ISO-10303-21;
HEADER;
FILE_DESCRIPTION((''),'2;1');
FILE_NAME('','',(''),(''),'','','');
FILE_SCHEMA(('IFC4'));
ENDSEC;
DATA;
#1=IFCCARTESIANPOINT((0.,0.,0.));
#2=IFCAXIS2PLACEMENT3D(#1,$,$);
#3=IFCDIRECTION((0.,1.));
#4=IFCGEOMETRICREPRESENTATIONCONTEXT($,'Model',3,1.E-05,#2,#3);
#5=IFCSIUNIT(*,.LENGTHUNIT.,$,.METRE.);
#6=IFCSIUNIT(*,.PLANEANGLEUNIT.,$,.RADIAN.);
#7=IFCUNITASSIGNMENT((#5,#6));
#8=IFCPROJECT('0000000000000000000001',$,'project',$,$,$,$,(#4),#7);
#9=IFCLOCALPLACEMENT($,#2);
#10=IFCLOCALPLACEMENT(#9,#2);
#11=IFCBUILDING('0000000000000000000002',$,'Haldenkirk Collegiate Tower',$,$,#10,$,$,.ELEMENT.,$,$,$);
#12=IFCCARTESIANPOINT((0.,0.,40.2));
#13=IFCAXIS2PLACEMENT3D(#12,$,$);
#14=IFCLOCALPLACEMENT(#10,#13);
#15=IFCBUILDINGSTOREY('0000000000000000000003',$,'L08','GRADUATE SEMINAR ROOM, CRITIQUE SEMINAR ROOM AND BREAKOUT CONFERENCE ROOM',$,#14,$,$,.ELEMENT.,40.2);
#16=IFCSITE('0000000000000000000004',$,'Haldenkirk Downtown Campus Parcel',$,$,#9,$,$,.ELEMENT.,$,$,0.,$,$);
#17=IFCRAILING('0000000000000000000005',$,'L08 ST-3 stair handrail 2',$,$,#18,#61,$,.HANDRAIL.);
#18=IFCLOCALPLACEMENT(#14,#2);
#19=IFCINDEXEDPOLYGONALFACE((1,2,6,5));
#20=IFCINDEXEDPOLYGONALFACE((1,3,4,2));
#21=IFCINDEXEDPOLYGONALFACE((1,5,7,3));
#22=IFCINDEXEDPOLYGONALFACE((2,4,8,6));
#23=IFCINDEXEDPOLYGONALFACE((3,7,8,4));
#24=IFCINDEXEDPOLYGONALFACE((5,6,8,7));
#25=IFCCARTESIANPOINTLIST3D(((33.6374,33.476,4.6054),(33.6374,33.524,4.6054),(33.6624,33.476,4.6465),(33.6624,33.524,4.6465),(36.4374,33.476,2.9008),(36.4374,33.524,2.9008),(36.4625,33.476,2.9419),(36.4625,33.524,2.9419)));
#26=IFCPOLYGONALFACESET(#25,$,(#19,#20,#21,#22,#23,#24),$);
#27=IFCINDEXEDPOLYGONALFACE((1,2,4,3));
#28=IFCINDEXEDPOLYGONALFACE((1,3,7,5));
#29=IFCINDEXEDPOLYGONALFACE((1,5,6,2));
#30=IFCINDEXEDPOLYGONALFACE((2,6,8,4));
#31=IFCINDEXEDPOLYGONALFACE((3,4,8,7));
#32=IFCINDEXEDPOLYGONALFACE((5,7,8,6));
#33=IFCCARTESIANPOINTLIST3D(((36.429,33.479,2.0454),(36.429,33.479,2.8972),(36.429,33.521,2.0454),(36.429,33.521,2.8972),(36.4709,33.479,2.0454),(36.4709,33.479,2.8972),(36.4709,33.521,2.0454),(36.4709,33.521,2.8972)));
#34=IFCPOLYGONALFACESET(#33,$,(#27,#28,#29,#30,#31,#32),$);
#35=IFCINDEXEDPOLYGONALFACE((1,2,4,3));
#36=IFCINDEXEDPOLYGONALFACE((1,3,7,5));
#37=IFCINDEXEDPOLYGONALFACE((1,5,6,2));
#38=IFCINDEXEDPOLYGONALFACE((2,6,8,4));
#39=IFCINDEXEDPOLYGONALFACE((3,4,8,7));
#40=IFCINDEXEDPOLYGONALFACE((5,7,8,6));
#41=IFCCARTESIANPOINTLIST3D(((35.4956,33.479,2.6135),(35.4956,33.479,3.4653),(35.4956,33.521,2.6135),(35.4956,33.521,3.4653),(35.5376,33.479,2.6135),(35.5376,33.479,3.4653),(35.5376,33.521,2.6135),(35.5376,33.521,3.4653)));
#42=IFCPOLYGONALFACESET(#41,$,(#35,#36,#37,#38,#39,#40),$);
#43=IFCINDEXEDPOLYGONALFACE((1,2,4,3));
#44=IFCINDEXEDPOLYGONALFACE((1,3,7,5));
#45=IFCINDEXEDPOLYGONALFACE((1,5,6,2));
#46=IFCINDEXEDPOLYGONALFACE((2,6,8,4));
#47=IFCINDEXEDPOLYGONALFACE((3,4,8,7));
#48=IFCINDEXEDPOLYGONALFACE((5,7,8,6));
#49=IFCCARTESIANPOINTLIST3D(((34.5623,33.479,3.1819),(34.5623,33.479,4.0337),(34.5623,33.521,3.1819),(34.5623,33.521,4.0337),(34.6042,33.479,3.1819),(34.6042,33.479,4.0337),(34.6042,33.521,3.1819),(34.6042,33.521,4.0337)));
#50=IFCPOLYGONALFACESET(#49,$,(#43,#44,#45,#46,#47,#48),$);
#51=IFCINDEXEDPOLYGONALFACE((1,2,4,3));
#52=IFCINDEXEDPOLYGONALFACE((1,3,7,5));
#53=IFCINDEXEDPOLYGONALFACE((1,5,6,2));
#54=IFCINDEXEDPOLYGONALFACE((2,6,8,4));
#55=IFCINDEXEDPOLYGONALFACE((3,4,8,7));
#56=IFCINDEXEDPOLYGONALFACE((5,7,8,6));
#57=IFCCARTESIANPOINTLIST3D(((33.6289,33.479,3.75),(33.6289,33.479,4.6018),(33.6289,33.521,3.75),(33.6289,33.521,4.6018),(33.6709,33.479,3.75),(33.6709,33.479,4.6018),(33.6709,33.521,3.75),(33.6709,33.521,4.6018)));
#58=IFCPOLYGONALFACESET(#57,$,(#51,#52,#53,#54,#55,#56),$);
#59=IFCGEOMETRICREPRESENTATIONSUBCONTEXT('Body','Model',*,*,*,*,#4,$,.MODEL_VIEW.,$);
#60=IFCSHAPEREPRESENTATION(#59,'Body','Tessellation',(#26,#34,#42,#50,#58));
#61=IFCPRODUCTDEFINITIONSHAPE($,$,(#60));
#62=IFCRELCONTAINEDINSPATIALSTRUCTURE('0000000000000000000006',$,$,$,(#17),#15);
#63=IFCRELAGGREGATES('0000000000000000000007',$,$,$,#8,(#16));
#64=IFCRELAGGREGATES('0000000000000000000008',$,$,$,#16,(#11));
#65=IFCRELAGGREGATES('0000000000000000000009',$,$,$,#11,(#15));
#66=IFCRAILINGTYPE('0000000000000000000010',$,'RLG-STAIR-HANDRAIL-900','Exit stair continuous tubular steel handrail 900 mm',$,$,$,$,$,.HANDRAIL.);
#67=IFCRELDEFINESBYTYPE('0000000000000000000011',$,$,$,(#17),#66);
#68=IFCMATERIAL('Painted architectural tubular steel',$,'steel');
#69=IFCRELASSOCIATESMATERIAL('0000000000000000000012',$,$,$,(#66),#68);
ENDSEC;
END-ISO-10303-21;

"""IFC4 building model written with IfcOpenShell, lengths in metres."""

from ifc_helpers import new_model, si_unit, direction, frame, origin, origin_2d, place, context, subcontext, project, spatial, rectangle, extrude, material, type_object, element, save


model = new_model("IFC4")

# Units and contexts
model_context = context("Model", 3, precision=1e-05, world=origin(), true_north=direction((0.0, 1.0)))
body_context = subcontext(model_context, "Body", "Model", "MODEL_VIEW")
ifc_project = project(units=[si_unit("LENGTHUNIT", "METRE"), si_unit("PLANEANGLEUNIT", "RADIAN")], contexts=[model_context])

# Site, building, storey
site_placement = place(None, origin())
site = spatial("IfcSite", under=ifc_project, at=site_placement, Name="Haldenkirk Downtown Campus Parcel", CompositionType="ELEMENT", RefElevation=0.0)
building_placement = place(site_placement, origin())
building = spatial("IfcBuilding", under=site, at=building_placement, Name="Haldenkirk Collegiate Tower", CompositionType="ELEMENT")
storey_placement = place(building_placement, frame((0.0, 0.0, 40.2)))
storey = spatial("IfcBuildingStorey", under=building, at=storey_placement, Name="L08", Description="GRADUATE SEMINAR ROOM, CRITIQUE SEMINAR ROOM AND BREAKOUT CONFERENCE ROOM", CompositionType="ELEMENT", Elevation=40.2)

# Railing
ifc_material_1 = material(Name="Painted architectural tubular steel", Category="steel")
railing_type_1 = type_object("IfcRailingType", Name="RLG-STAIR-HANDRAIL-900", Description="Exit stair continuous tubular steel handrail 900 mm", PredefinedType="HANDRAIL", material=ifc_material_1)
railing_1_placement = place(storey_placement, frame((36.45, 33.5, 2.0454)))
element("IfcRailing", 1, at=railing_1_placement, inside=storey, type_object=railing_type_1, Name="L08 ST-3 stair handrail 2", PredefinedType="HANDRAIL", context=body_context, shape_type="SweptSolid", body=[
    extrude(rectangle(XDim=0.0481, YDim=0.0481, at=origin_2d()), frame((0.0, 0.0, 0.876), z_axis=(-0.85417, 0.0, 0.519994), x_axis=(0.0, -1.0, 0.0)), (0.0, 0.0, 1.0), 3.2781),
    extrude(rectangle(XDim=0.042, YDim=0.042, at=origin_2d()), origin(), (0.0, 0.0, 1.0), 0.8518),
    extrude(rectangle(XDim=0.042, YDim=0.042, at=origin_2d()), frame((-0.9333, 0.0, 0.5681)), (0.0, 0.0, 1.0), 0.8518),
    extrude(rectangle(XDim=0.042, YDim=0.042, at=origin_2d()), frame((-1.8667, 0.0, 1.1365)), (0.0, 0.0, 1.0), 0.8518),
    extrude(rectangle(XDim=0.042, YDim=0.042, at=origin_2d()), frame((-2.8, 0.0, 1.7046)), (0.0, 0.0, 1.0), 0.8518),
])

save(model, "model.ifc")
